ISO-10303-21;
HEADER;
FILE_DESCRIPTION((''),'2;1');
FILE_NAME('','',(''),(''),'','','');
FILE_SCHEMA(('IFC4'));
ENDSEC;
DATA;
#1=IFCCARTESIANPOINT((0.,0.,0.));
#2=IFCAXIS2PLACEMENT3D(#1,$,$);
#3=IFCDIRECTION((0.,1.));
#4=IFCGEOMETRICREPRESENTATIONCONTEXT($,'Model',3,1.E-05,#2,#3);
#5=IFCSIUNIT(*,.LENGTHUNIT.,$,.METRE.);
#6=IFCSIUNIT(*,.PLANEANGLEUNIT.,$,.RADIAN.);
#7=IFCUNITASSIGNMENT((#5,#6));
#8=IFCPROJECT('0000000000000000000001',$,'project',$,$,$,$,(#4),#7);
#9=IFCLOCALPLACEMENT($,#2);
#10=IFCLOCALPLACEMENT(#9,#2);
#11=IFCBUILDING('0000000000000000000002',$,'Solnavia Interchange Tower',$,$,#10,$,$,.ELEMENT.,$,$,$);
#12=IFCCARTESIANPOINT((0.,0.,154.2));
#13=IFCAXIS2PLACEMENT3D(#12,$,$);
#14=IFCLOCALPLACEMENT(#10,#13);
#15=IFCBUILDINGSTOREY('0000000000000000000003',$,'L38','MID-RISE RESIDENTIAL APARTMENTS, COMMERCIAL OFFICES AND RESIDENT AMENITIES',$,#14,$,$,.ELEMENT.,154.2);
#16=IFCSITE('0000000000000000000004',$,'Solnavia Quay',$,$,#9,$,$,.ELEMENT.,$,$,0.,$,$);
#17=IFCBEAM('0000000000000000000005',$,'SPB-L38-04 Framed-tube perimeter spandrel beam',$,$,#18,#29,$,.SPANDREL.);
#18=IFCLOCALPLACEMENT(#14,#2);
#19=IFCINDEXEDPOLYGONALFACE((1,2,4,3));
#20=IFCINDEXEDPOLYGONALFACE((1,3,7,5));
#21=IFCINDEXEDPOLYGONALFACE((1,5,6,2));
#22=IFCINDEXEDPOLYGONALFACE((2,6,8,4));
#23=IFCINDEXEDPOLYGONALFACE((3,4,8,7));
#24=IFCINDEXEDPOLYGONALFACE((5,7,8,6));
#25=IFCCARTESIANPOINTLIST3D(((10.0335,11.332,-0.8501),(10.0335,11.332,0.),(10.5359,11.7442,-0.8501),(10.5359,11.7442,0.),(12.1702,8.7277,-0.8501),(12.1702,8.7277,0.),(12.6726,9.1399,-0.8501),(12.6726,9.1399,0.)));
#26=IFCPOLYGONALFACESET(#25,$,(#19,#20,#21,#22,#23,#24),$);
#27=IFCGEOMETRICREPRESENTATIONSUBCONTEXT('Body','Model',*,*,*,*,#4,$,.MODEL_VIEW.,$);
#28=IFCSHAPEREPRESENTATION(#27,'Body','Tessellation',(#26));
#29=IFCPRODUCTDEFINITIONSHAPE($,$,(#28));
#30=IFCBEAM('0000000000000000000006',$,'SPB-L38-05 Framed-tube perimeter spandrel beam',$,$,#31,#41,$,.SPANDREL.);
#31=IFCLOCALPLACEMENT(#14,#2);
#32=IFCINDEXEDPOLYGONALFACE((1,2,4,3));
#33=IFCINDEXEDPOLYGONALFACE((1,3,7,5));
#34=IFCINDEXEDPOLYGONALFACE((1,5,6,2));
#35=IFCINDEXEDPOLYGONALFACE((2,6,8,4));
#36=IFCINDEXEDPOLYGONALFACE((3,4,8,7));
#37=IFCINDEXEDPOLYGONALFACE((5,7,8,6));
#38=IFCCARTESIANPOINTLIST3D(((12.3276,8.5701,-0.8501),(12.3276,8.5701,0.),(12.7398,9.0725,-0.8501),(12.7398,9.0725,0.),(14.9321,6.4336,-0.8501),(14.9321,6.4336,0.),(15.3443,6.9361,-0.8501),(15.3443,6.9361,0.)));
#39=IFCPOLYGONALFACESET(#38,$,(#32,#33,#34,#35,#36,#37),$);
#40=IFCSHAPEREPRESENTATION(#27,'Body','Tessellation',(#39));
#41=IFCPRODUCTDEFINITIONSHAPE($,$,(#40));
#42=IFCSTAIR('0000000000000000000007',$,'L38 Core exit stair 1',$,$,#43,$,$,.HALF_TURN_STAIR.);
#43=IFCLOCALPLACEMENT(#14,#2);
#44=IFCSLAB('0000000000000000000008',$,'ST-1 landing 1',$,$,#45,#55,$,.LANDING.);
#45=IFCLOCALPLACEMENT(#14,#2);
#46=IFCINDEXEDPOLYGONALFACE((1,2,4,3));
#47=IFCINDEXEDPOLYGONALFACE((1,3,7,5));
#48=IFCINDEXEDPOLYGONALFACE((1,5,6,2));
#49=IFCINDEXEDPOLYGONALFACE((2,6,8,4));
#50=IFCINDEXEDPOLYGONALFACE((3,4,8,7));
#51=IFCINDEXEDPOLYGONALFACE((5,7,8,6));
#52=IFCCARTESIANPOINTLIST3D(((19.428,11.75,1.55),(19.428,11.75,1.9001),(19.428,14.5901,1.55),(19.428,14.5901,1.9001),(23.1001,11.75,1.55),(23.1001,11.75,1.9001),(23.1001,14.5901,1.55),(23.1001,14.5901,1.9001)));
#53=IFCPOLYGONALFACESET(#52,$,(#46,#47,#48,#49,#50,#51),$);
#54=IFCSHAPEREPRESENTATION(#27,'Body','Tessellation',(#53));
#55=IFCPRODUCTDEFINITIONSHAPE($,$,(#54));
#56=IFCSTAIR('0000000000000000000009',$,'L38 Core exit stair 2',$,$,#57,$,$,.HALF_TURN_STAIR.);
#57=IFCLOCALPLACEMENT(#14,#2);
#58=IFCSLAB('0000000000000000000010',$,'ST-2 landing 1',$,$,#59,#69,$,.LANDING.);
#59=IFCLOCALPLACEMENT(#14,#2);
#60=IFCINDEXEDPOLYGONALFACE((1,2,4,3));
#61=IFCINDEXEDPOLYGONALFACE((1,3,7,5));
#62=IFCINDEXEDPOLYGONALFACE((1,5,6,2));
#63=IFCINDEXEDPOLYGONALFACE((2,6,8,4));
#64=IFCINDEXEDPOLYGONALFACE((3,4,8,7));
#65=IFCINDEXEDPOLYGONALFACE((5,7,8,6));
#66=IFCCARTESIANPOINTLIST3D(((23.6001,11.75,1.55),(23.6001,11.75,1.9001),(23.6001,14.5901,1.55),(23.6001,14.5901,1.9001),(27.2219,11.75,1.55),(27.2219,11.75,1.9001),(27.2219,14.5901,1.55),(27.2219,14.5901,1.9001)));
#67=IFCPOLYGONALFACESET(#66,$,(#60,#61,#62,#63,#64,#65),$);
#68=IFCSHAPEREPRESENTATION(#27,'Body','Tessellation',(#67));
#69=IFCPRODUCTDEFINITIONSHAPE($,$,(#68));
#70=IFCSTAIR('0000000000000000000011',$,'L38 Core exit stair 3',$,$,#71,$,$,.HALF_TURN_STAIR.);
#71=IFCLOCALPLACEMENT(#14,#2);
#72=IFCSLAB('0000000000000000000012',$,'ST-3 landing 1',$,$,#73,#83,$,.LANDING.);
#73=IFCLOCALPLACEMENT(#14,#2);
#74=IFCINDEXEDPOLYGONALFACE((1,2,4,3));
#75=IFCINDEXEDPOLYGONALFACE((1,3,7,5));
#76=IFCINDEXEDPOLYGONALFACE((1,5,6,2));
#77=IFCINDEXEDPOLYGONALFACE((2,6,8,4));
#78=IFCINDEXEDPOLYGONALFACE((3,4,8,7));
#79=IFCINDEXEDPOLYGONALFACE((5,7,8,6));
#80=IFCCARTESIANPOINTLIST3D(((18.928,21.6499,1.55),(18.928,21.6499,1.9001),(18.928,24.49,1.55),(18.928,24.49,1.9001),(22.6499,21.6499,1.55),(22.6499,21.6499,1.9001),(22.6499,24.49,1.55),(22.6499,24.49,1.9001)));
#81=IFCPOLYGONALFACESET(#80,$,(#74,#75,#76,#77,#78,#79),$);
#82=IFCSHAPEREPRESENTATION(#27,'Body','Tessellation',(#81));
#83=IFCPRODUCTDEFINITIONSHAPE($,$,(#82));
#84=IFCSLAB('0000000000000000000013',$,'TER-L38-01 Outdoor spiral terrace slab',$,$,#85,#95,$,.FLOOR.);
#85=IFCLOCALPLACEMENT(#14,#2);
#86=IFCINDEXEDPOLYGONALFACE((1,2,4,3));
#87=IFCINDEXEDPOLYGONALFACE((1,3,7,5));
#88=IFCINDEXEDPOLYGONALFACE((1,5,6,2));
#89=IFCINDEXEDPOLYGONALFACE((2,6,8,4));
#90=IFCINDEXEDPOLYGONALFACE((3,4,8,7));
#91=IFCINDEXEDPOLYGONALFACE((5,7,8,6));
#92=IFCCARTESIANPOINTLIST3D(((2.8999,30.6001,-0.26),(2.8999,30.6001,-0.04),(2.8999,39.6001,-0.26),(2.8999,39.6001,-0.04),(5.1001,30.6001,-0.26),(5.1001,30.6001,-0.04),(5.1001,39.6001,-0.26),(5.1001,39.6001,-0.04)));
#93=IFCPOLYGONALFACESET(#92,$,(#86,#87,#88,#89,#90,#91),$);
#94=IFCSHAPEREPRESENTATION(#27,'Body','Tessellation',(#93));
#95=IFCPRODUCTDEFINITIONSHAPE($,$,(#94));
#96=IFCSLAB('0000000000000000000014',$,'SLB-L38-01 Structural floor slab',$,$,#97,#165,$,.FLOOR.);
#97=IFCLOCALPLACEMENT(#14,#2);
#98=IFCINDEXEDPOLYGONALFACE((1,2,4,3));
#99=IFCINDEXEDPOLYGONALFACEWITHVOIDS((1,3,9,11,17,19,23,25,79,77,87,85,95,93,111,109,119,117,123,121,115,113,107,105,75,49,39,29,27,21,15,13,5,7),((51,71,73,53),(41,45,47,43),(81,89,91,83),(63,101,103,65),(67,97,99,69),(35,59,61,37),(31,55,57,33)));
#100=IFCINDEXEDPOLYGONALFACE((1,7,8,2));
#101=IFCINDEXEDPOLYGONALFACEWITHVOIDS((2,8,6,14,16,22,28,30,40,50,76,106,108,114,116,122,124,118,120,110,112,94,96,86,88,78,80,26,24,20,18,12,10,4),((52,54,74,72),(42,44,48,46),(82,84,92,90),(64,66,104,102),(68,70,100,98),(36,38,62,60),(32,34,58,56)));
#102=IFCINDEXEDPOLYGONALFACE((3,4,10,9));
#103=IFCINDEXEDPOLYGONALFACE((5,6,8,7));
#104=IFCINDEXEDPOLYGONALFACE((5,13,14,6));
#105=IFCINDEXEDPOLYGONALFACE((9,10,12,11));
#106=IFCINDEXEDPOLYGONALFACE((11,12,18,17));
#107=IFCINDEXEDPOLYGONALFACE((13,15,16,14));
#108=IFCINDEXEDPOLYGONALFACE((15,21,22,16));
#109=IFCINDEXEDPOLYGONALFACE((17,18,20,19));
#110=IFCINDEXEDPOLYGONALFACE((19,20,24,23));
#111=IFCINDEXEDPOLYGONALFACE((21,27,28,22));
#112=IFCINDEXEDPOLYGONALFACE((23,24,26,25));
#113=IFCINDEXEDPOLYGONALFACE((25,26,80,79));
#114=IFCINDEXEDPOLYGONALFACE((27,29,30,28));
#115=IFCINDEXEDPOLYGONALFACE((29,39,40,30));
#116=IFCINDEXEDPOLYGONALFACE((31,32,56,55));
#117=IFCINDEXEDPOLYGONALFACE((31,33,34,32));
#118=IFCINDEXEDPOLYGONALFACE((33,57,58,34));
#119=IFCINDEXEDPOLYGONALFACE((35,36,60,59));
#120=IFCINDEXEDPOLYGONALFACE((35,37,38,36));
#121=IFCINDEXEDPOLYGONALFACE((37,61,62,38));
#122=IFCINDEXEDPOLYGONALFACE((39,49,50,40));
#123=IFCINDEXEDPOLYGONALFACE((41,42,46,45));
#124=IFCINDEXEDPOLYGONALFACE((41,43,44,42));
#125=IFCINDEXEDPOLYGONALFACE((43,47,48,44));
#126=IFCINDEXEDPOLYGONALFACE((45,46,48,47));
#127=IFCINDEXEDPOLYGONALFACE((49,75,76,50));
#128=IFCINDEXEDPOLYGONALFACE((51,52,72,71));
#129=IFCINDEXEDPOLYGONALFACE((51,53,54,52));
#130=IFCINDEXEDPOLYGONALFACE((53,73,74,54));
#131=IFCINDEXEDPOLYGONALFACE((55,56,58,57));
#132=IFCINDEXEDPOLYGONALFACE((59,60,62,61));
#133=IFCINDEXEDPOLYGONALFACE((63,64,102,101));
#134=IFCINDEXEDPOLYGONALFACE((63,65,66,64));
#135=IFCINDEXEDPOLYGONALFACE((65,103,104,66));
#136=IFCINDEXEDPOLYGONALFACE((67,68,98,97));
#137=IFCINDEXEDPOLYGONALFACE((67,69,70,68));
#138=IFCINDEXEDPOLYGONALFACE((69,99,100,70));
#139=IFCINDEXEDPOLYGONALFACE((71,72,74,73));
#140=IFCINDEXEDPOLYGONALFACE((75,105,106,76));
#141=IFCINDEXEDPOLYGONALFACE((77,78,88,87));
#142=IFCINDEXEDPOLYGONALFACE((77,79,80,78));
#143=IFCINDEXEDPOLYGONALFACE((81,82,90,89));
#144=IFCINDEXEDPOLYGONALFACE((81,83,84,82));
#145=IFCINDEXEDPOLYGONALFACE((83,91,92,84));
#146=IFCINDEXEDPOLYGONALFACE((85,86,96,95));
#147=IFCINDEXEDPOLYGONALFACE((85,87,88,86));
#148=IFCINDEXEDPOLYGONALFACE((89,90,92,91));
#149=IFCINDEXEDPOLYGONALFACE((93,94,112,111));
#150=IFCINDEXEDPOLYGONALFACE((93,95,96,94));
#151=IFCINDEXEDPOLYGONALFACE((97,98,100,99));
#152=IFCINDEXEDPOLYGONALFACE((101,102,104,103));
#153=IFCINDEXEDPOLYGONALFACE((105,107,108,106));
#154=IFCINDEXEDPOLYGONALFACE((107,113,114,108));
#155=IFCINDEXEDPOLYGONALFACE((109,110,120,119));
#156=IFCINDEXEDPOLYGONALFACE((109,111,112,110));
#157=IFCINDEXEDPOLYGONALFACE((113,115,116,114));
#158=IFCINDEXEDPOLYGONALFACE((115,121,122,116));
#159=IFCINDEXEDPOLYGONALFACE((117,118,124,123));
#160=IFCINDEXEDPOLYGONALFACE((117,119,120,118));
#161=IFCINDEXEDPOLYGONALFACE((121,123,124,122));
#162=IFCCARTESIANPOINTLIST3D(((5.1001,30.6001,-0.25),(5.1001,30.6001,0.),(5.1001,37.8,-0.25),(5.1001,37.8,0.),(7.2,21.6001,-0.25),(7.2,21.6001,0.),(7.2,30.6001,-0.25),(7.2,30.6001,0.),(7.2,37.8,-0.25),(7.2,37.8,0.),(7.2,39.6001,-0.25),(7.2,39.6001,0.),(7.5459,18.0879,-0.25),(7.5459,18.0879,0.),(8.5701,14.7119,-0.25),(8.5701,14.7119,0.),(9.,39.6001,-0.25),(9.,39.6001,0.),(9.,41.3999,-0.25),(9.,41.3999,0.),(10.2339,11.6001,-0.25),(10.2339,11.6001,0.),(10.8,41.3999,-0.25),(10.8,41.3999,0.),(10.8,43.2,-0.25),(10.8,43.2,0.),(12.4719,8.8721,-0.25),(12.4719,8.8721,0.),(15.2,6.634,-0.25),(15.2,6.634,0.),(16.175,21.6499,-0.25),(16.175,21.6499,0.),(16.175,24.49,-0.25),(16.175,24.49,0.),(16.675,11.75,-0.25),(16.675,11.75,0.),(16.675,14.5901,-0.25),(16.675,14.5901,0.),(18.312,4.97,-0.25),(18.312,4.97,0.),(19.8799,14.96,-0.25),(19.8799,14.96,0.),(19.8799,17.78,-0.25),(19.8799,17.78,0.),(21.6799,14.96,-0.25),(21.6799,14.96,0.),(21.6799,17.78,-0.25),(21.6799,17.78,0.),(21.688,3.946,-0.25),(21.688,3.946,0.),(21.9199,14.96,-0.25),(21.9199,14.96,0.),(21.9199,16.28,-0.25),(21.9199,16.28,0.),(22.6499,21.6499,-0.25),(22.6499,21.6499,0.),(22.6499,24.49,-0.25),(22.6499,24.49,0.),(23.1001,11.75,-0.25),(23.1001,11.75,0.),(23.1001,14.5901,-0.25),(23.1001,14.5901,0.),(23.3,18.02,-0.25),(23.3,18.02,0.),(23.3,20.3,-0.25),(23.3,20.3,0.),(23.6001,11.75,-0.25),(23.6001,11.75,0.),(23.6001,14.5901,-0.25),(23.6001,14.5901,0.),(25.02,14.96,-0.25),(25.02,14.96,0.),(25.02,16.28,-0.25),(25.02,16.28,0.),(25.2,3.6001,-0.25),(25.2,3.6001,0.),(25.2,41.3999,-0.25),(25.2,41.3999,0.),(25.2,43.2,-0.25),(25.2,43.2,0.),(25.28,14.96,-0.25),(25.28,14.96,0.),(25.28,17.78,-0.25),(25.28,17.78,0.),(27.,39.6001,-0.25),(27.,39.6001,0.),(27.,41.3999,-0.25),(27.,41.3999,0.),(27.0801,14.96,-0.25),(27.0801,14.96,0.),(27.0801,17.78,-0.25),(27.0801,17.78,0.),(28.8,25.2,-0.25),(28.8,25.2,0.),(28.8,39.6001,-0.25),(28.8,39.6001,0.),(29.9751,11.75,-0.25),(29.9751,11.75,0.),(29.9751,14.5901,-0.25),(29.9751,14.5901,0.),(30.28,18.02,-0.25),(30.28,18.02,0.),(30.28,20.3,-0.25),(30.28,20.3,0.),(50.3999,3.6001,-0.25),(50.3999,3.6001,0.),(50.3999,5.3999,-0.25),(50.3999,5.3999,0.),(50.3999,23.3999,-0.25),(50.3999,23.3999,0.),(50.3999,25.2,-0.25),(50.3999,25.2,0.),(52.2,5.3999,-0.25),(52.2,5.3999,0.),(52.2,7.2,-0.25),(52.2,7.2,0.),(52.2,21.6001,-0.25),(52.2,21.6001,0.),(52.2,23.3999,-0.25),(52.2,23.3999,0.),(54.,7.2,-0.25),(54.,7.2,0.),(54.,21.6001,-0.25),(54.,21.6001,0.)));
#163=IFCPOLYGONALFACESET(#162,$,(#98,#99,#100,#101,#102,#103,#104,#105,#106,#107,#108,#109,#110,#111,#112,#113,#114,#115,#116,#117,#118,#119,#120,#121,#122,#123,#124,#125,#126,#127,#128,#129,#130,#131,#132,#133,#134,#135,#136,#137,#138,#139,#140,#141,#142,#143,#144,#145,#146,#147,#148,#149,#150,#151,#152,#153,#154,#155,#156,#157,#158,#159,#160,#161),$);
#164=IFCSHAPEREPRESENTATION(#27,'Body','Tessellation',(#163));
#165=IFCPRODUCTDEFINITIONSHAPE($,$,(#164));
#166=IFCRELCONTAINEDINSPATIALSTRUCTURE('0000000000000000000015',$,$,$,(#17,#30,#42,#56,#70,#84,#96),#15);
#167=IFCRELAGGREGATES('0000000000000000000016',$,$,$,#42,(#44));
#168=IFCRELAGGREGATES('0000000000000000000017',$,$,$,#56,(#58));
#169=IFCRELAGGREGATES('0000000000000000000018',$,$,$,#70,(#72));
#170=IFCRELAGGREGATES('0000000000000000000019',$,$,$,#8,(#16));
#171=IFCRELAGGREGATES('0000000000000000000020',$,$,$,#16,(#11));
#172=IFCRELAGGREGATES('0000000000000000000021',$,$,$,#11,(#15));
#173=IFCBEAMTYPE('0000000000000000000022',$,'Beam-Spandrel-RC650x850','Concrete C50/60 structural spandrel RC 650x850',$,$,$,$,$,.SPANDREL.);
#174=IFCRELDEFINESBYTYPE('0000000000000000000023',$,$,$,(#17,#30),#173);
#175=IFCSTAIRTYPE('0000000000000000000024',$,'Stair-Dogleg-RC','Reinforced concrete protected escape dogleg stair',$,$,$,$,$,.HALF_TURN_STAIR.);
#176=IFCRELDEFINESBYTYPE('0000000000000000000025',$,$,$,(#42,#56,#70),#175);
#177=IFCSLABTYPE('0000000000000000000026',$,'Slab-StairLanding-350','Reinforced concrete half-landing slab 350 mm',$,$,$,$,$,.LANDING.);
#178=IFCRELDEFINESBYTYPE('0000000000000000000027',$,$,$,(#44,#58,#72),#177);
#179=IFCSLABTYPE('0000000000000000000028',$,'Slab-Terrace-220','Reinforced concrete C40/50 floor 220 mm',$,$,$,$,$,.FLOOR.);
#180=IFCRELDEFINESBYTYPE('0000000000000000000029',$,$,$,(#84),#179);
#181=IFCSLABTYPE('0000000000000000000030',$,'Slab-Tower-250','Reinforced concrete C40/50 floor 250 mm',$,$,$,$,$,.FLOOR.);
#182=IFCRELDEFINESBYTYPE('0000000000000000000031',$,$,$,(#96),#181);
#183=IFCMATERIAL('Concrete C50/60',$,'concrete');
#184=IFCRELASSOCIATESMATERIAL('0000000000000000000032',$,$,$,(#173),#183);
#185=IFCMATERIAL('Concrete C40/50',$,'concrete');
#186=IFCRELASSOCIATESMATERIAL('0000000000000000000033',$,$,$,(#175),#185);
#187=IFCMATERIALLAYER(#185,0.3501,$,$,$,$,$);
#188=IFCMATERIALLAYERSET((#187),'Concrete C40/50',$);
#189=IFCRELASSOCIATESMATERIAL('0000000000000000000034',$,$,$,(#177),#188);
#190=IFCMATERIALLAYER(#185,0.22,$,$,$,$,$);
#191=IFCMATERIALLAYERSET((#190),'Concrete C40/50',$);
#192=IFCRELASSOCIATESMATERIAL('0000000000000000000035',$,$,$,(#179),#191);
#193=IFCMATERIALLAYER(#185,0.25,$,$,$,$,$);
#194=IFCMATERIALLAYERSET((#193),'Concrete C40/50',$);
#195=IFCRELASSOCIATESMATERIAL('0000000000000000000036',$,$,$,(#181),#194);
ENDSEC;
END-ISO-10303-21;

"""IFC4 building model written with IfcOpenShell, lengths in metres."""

from ifc_helpers import new_model, si_unit, direction, frame, origin, origin_2d, place, context, subcontext, project, spatial, polyline, rectangle, outline, extrude, material, layer, layer_set, material_profile, profile_set, type_object, element, aggregate, save


model = new_model("IFC4")

# Units and contexts
model_context = context("Model", 3, precision=1e-05, world=origin(), true_north=direction((0.0, 1.0)))
body_context = subcontext(model_context, "Body", "Model", "MODEL_VIEW")
ifc_project = project(units=[si_unit("LENGTHUNIT", "METRE"), si_unit("PLANEANGLEUNIT", "RADIAN")], contexts=[model_context])

# Site, building, storey
site_placement = place(None, origin())
site = spatial("IfcSite", under=ifc_project, at=site_placement, Name="Solnavia Quay", CompositionType="ELEMENT", RefElevation=0.0)
building_placement = place(site_placement, origin())
building = spatial("IfcBuilding", under=site, at=building_placement, Name="Solnavia Interchange Tower", CompositionType="ELEMENT")
storey_placement = place(building_placement, frame((0.0, 0.0, 154.2)))
storey = spatial("IfcBuildingStorey", under=building, at=storey_placement, Name="L38", Description="MID-RISE RESIDENTIAL APARTMENTS, COMMERCIAL OFFICES AND RESIDENT AMENITIES", CompositionType="ELEMENT", Elevation=154.2)

# Shared definitions
ifc_material_1 = material(Name="Concrete C50/60", Category="concrete")

# Beams
ifc_material_profile_1 = material_profile(ifc_material_1, rectangle(XDim=0.6499, YDim=0.8501, at=origin_2d()), Name="RC 650x850")
ifc_profile_set_1 = profile_set([ifc_material_profile_1], Name="Concrete C50/60")
beam_type_1 = type_object("IfcBeamType", Name="Beam-Spandrel-RC650x850", Description="Concrete C50/60 structural spandrel RC 650x850", PredefinedType="SPANDREL", material=ifc_profile_set_1)
for number, where, z_axis, x_axis, name in (
    (1, (10.2847, 11.5381, -0.425), (0.634299, -0.773088, 0.0), (0.773088, 0.634299, 0.0), "SPB-L38-04 Framed-tube perimeter spandrel beam"),
    (2, (12.5337, 8.8213, -0.425), (0.773153, -0.63422, 0.0), (0.63422, 0.773153, 0.0), "SPB-L38-05 Framed-tube perimeter spandrel beam"),
):
    element("IfcBeam", number, at=place(storey_placement, frame(where, z_axis=z_axis, x_axis=x_axis)), inside=storey, type_object=beam_type_1, Name=name, PredefinedType="SPANDREL", context=body_context, shape_type="SweptSolid", body=[
        extrude(rectangle(XDim=0.6499, YDim=0.8501, at=origin_2d()), origin(), (0.0, 0.0, 1.0), 3.3687),
    ])

# Stairs, slabs
ifc_material_2 = material(Name="Concrete C40/50", Category="concrete")
stair_type = type_object("IfcStairType", Name="Stair-Dogleg-RC", Description="Reinforced concrete protected escape dogleg stair", PredefinedType="HALF_TURN_STAIR", material=ifc_material_2)
stair_1_placement = place(storey_placement, origin())
stair_1 = element("IfcStair", 3, at=stair_1_placement, inside=storey, type_object=stair_type, Name="L38 Core exit stair 1", PredefinedType="HALF_TURN_STAIR")
ifc_layer_1 = layer(ifc_material_2, 0.3501)
ifc_layer_set_1 = layer_set([ifc_layer_1], Name="Concrete C40/50")
slab_type_1 = type_object("IfcSlabType", Name="Slab-StairLanding-350", Description="Reinforced concrete half-landing slab 350 mm", PredefinedType="LANDING", material=ifc_layer_set_1)
slab_1_placement = place(storey_placement, frame((0.0, 0.0, 1.55)))
slab_1 = element("IfcSlab", 4, at=slab_1_placement, type_object=slab_type_1, Name="ST-1 landing 1", PredefinedType="LANDING", context=body_context, shape_type="SweptSolid", body=[
    extrude(outline(polyline([(19.428, 11.75), (23.1001, 11.75), (23.1001, 14.5901), (19.428, 14.5901), (19.428, 11.75)])), origin(), (0.0, 0.0, 1.0), 0.3501),
])
aggregate(stair_1, [slab_1])
stair_2_placement = place(storey_placement, origin())
stair_2 = element("IfcStair", 5, at=stair_2_placement, inside=storey, type_object=stair_type, Name="L38 Core exit stair 2", PredefinedType="HALF_TURN_STAIR")
slab_2_placement = place(storey_placement, frame((0.0, 0.0, 1.55)))
slab_2 = element("IfcSlab", 6, at=slab_2_placement, type_object=slab_type_1, Name="ST-2 landing 1", PredefinedType="LANDING", context=body_context, shape_type="SweptSolid", body=[
    extrude(outline(polyline([(23.6001, 11.75), (27.2219, 11.75), (27.2219, 14.5901), (23.6001, 14.5901), (23.6001, 11.75)])), origin(), (0.0, 0.0, 1.0), 0.3501),
])
aggregate(stair_2, [slab_2])
stair_3_placement = place(storey_placement, origin())
stair_3 = element("IfcStair", 7, at=stair_3_placement, inside=storey, type_object=stair_type, Name="L38 Core exit stair 3", PredefinedType="HALF_TURN_STAIR")
slab_3_placement = place(storey_placement, frame((0.0, 0.0, 1.55)))
slab_3 = element("IfcSlab", 8, at=slab_3_placement, type_object=slab_type_1, Name="ST-3 landing 1", PredefinedType="LANDING", context=body_context, shape_type="SweptSolid", body=[
    extrude(outline(polyline([(18.928, 21.6499), (22.6499, 21.6499), (22.6499, 24.49), (18.928, 24.49), (18.928, 21.6499)])), origin(), (0.0, 0.0, 1.0), 0.3501),
])
aggregate(stair_3, [slab_3])

# Slabs
ifc_layer_2 = layer(ifc_material_2, 0.22)
ifc_layer_set_2 = layer_set([ifc_layer_2], Name="Concrete C40/50")
slab_type_2 = type_object("IfcSlabType", Name="Slab-Terrace-220", Description="Reinforced concrete C40/50 floor 220 mm", PredefinedType="FLOOR", material=ifc_layer_set_2)
slab_4_placement = place(storey_placement, frame((0.0, 0.0, -0.26)))
element("IfcSlab", 9, at=slab_4_placement, inside=storey, type_object=slab_type_2, Name="TER-L38-01 Outdoor spiral terrace slab", PredefinedType="FLOOR", context=body_context, shape_type="SweptSolid", body=[
    extrude(outline(polyline([(2.8999, 30.6001), (5.1001, 30.6001), (5.1001, 39.6001), (2.8999, 39.6001), (2.8999, 30.6001)])), origin(), (0.0, 0.0, 1.0), 0.22),
])
ifc_layer_3 = layer(ifc_material_2, 0.25)
ifc_layer_set_3 = layer_set([ifc_layer_3], Name="Concrete C40/50")
slab_type_3 = type_object("IfcSlabType", Name="Slab-Tower-250", Description="Reinforced concrete C40/50 floor 250 mm", PredefinedType="FLOOR", material=ifc_layer_set_3)
slab_5_placement = place(storey_placement, frame((0.0, 0.0, -0.25)))
element("IfcSlab", 10, at=slab_5_placement, inside=storey, type_object=slab_type_3, Name="SLB-L38-01 Structural floor slab", PredefinedType="FLOOR", context=body_context, shape_type="SweptSolid", body=[
    extrude(outline(polyline([(25.2, 3.6001), (50.3999, 3.6001), (50.3999, 5.3999), (52.2, 5.3999), (52.2, 7.2), (54.0, 7.2), (54.0, 21.6001), (52.2, 21.6001), (52.2, 23.3999), (50.3999, 23.3999), (50.3999, 25.2), (28.8, 25.2), (28.8, 39.6001), (27.0, 39.6001), (27.0, 41.3999), (25.2, 41.3999), (25.2, 43.2), (10.8, 43.2), (10.8, 41.3999), (9.0, 41.3999), (9.0, 39.6001), (7.2, 39.6001), (7.2, 37.8), (5.1001, 37.8), (5.1001, 30.6001), (7.2, 30.6001), (7.2, 21.6001), (7.5459, 18.0879), (8.5701, 14.7119), (10.2339, 11.6001), (12.4719, 8.8721), (15.2, 6.634), (18.312, 4.97), (21.688, 3.946), (25.2, 3.6001)]), holes=[polyline([(16.675, 11.75), (23.1001, 11.75), (23.1001, 14.5901), (16.675, 14.5901), (16.675, 11.75)]), polyline([(23.6001, 11.75), (29.9751, 11.75), (29.9751, 14.5901), (23.6001, 14.5901), (23.6001, 11.75)]), polyline([(16.175, 21.6499), (22.6499, 21.6499), (22.6499, 24.49), (16.175, 24.49), (16.175, 21.6499)]), polyline([(19.8799, 14.96), (21.6799, 14.96), (21.6799, 17.78), (19.8799, 17.78), (19.8799, 14.96)]), polyline([(25.28, 14.96), (27.0801, 14.96), (27.0801, 17.78), (25.28, 17.78), (25.28, 14.96)]), polyline([(21.9199, 14.96), (25.02, 14.96), (25.02, 16.28), (21.9199, 16.28), (21.9199, 14.96)]), polyline([(23.3, 18.02), (30.28, 18.02), (30.28, 20.3), (23.3, 20.3), (23.3, 18.02)])]), origin(), (0.0, 0.0, 1.0), 0.25),
])

save(model, "model.ifc")
